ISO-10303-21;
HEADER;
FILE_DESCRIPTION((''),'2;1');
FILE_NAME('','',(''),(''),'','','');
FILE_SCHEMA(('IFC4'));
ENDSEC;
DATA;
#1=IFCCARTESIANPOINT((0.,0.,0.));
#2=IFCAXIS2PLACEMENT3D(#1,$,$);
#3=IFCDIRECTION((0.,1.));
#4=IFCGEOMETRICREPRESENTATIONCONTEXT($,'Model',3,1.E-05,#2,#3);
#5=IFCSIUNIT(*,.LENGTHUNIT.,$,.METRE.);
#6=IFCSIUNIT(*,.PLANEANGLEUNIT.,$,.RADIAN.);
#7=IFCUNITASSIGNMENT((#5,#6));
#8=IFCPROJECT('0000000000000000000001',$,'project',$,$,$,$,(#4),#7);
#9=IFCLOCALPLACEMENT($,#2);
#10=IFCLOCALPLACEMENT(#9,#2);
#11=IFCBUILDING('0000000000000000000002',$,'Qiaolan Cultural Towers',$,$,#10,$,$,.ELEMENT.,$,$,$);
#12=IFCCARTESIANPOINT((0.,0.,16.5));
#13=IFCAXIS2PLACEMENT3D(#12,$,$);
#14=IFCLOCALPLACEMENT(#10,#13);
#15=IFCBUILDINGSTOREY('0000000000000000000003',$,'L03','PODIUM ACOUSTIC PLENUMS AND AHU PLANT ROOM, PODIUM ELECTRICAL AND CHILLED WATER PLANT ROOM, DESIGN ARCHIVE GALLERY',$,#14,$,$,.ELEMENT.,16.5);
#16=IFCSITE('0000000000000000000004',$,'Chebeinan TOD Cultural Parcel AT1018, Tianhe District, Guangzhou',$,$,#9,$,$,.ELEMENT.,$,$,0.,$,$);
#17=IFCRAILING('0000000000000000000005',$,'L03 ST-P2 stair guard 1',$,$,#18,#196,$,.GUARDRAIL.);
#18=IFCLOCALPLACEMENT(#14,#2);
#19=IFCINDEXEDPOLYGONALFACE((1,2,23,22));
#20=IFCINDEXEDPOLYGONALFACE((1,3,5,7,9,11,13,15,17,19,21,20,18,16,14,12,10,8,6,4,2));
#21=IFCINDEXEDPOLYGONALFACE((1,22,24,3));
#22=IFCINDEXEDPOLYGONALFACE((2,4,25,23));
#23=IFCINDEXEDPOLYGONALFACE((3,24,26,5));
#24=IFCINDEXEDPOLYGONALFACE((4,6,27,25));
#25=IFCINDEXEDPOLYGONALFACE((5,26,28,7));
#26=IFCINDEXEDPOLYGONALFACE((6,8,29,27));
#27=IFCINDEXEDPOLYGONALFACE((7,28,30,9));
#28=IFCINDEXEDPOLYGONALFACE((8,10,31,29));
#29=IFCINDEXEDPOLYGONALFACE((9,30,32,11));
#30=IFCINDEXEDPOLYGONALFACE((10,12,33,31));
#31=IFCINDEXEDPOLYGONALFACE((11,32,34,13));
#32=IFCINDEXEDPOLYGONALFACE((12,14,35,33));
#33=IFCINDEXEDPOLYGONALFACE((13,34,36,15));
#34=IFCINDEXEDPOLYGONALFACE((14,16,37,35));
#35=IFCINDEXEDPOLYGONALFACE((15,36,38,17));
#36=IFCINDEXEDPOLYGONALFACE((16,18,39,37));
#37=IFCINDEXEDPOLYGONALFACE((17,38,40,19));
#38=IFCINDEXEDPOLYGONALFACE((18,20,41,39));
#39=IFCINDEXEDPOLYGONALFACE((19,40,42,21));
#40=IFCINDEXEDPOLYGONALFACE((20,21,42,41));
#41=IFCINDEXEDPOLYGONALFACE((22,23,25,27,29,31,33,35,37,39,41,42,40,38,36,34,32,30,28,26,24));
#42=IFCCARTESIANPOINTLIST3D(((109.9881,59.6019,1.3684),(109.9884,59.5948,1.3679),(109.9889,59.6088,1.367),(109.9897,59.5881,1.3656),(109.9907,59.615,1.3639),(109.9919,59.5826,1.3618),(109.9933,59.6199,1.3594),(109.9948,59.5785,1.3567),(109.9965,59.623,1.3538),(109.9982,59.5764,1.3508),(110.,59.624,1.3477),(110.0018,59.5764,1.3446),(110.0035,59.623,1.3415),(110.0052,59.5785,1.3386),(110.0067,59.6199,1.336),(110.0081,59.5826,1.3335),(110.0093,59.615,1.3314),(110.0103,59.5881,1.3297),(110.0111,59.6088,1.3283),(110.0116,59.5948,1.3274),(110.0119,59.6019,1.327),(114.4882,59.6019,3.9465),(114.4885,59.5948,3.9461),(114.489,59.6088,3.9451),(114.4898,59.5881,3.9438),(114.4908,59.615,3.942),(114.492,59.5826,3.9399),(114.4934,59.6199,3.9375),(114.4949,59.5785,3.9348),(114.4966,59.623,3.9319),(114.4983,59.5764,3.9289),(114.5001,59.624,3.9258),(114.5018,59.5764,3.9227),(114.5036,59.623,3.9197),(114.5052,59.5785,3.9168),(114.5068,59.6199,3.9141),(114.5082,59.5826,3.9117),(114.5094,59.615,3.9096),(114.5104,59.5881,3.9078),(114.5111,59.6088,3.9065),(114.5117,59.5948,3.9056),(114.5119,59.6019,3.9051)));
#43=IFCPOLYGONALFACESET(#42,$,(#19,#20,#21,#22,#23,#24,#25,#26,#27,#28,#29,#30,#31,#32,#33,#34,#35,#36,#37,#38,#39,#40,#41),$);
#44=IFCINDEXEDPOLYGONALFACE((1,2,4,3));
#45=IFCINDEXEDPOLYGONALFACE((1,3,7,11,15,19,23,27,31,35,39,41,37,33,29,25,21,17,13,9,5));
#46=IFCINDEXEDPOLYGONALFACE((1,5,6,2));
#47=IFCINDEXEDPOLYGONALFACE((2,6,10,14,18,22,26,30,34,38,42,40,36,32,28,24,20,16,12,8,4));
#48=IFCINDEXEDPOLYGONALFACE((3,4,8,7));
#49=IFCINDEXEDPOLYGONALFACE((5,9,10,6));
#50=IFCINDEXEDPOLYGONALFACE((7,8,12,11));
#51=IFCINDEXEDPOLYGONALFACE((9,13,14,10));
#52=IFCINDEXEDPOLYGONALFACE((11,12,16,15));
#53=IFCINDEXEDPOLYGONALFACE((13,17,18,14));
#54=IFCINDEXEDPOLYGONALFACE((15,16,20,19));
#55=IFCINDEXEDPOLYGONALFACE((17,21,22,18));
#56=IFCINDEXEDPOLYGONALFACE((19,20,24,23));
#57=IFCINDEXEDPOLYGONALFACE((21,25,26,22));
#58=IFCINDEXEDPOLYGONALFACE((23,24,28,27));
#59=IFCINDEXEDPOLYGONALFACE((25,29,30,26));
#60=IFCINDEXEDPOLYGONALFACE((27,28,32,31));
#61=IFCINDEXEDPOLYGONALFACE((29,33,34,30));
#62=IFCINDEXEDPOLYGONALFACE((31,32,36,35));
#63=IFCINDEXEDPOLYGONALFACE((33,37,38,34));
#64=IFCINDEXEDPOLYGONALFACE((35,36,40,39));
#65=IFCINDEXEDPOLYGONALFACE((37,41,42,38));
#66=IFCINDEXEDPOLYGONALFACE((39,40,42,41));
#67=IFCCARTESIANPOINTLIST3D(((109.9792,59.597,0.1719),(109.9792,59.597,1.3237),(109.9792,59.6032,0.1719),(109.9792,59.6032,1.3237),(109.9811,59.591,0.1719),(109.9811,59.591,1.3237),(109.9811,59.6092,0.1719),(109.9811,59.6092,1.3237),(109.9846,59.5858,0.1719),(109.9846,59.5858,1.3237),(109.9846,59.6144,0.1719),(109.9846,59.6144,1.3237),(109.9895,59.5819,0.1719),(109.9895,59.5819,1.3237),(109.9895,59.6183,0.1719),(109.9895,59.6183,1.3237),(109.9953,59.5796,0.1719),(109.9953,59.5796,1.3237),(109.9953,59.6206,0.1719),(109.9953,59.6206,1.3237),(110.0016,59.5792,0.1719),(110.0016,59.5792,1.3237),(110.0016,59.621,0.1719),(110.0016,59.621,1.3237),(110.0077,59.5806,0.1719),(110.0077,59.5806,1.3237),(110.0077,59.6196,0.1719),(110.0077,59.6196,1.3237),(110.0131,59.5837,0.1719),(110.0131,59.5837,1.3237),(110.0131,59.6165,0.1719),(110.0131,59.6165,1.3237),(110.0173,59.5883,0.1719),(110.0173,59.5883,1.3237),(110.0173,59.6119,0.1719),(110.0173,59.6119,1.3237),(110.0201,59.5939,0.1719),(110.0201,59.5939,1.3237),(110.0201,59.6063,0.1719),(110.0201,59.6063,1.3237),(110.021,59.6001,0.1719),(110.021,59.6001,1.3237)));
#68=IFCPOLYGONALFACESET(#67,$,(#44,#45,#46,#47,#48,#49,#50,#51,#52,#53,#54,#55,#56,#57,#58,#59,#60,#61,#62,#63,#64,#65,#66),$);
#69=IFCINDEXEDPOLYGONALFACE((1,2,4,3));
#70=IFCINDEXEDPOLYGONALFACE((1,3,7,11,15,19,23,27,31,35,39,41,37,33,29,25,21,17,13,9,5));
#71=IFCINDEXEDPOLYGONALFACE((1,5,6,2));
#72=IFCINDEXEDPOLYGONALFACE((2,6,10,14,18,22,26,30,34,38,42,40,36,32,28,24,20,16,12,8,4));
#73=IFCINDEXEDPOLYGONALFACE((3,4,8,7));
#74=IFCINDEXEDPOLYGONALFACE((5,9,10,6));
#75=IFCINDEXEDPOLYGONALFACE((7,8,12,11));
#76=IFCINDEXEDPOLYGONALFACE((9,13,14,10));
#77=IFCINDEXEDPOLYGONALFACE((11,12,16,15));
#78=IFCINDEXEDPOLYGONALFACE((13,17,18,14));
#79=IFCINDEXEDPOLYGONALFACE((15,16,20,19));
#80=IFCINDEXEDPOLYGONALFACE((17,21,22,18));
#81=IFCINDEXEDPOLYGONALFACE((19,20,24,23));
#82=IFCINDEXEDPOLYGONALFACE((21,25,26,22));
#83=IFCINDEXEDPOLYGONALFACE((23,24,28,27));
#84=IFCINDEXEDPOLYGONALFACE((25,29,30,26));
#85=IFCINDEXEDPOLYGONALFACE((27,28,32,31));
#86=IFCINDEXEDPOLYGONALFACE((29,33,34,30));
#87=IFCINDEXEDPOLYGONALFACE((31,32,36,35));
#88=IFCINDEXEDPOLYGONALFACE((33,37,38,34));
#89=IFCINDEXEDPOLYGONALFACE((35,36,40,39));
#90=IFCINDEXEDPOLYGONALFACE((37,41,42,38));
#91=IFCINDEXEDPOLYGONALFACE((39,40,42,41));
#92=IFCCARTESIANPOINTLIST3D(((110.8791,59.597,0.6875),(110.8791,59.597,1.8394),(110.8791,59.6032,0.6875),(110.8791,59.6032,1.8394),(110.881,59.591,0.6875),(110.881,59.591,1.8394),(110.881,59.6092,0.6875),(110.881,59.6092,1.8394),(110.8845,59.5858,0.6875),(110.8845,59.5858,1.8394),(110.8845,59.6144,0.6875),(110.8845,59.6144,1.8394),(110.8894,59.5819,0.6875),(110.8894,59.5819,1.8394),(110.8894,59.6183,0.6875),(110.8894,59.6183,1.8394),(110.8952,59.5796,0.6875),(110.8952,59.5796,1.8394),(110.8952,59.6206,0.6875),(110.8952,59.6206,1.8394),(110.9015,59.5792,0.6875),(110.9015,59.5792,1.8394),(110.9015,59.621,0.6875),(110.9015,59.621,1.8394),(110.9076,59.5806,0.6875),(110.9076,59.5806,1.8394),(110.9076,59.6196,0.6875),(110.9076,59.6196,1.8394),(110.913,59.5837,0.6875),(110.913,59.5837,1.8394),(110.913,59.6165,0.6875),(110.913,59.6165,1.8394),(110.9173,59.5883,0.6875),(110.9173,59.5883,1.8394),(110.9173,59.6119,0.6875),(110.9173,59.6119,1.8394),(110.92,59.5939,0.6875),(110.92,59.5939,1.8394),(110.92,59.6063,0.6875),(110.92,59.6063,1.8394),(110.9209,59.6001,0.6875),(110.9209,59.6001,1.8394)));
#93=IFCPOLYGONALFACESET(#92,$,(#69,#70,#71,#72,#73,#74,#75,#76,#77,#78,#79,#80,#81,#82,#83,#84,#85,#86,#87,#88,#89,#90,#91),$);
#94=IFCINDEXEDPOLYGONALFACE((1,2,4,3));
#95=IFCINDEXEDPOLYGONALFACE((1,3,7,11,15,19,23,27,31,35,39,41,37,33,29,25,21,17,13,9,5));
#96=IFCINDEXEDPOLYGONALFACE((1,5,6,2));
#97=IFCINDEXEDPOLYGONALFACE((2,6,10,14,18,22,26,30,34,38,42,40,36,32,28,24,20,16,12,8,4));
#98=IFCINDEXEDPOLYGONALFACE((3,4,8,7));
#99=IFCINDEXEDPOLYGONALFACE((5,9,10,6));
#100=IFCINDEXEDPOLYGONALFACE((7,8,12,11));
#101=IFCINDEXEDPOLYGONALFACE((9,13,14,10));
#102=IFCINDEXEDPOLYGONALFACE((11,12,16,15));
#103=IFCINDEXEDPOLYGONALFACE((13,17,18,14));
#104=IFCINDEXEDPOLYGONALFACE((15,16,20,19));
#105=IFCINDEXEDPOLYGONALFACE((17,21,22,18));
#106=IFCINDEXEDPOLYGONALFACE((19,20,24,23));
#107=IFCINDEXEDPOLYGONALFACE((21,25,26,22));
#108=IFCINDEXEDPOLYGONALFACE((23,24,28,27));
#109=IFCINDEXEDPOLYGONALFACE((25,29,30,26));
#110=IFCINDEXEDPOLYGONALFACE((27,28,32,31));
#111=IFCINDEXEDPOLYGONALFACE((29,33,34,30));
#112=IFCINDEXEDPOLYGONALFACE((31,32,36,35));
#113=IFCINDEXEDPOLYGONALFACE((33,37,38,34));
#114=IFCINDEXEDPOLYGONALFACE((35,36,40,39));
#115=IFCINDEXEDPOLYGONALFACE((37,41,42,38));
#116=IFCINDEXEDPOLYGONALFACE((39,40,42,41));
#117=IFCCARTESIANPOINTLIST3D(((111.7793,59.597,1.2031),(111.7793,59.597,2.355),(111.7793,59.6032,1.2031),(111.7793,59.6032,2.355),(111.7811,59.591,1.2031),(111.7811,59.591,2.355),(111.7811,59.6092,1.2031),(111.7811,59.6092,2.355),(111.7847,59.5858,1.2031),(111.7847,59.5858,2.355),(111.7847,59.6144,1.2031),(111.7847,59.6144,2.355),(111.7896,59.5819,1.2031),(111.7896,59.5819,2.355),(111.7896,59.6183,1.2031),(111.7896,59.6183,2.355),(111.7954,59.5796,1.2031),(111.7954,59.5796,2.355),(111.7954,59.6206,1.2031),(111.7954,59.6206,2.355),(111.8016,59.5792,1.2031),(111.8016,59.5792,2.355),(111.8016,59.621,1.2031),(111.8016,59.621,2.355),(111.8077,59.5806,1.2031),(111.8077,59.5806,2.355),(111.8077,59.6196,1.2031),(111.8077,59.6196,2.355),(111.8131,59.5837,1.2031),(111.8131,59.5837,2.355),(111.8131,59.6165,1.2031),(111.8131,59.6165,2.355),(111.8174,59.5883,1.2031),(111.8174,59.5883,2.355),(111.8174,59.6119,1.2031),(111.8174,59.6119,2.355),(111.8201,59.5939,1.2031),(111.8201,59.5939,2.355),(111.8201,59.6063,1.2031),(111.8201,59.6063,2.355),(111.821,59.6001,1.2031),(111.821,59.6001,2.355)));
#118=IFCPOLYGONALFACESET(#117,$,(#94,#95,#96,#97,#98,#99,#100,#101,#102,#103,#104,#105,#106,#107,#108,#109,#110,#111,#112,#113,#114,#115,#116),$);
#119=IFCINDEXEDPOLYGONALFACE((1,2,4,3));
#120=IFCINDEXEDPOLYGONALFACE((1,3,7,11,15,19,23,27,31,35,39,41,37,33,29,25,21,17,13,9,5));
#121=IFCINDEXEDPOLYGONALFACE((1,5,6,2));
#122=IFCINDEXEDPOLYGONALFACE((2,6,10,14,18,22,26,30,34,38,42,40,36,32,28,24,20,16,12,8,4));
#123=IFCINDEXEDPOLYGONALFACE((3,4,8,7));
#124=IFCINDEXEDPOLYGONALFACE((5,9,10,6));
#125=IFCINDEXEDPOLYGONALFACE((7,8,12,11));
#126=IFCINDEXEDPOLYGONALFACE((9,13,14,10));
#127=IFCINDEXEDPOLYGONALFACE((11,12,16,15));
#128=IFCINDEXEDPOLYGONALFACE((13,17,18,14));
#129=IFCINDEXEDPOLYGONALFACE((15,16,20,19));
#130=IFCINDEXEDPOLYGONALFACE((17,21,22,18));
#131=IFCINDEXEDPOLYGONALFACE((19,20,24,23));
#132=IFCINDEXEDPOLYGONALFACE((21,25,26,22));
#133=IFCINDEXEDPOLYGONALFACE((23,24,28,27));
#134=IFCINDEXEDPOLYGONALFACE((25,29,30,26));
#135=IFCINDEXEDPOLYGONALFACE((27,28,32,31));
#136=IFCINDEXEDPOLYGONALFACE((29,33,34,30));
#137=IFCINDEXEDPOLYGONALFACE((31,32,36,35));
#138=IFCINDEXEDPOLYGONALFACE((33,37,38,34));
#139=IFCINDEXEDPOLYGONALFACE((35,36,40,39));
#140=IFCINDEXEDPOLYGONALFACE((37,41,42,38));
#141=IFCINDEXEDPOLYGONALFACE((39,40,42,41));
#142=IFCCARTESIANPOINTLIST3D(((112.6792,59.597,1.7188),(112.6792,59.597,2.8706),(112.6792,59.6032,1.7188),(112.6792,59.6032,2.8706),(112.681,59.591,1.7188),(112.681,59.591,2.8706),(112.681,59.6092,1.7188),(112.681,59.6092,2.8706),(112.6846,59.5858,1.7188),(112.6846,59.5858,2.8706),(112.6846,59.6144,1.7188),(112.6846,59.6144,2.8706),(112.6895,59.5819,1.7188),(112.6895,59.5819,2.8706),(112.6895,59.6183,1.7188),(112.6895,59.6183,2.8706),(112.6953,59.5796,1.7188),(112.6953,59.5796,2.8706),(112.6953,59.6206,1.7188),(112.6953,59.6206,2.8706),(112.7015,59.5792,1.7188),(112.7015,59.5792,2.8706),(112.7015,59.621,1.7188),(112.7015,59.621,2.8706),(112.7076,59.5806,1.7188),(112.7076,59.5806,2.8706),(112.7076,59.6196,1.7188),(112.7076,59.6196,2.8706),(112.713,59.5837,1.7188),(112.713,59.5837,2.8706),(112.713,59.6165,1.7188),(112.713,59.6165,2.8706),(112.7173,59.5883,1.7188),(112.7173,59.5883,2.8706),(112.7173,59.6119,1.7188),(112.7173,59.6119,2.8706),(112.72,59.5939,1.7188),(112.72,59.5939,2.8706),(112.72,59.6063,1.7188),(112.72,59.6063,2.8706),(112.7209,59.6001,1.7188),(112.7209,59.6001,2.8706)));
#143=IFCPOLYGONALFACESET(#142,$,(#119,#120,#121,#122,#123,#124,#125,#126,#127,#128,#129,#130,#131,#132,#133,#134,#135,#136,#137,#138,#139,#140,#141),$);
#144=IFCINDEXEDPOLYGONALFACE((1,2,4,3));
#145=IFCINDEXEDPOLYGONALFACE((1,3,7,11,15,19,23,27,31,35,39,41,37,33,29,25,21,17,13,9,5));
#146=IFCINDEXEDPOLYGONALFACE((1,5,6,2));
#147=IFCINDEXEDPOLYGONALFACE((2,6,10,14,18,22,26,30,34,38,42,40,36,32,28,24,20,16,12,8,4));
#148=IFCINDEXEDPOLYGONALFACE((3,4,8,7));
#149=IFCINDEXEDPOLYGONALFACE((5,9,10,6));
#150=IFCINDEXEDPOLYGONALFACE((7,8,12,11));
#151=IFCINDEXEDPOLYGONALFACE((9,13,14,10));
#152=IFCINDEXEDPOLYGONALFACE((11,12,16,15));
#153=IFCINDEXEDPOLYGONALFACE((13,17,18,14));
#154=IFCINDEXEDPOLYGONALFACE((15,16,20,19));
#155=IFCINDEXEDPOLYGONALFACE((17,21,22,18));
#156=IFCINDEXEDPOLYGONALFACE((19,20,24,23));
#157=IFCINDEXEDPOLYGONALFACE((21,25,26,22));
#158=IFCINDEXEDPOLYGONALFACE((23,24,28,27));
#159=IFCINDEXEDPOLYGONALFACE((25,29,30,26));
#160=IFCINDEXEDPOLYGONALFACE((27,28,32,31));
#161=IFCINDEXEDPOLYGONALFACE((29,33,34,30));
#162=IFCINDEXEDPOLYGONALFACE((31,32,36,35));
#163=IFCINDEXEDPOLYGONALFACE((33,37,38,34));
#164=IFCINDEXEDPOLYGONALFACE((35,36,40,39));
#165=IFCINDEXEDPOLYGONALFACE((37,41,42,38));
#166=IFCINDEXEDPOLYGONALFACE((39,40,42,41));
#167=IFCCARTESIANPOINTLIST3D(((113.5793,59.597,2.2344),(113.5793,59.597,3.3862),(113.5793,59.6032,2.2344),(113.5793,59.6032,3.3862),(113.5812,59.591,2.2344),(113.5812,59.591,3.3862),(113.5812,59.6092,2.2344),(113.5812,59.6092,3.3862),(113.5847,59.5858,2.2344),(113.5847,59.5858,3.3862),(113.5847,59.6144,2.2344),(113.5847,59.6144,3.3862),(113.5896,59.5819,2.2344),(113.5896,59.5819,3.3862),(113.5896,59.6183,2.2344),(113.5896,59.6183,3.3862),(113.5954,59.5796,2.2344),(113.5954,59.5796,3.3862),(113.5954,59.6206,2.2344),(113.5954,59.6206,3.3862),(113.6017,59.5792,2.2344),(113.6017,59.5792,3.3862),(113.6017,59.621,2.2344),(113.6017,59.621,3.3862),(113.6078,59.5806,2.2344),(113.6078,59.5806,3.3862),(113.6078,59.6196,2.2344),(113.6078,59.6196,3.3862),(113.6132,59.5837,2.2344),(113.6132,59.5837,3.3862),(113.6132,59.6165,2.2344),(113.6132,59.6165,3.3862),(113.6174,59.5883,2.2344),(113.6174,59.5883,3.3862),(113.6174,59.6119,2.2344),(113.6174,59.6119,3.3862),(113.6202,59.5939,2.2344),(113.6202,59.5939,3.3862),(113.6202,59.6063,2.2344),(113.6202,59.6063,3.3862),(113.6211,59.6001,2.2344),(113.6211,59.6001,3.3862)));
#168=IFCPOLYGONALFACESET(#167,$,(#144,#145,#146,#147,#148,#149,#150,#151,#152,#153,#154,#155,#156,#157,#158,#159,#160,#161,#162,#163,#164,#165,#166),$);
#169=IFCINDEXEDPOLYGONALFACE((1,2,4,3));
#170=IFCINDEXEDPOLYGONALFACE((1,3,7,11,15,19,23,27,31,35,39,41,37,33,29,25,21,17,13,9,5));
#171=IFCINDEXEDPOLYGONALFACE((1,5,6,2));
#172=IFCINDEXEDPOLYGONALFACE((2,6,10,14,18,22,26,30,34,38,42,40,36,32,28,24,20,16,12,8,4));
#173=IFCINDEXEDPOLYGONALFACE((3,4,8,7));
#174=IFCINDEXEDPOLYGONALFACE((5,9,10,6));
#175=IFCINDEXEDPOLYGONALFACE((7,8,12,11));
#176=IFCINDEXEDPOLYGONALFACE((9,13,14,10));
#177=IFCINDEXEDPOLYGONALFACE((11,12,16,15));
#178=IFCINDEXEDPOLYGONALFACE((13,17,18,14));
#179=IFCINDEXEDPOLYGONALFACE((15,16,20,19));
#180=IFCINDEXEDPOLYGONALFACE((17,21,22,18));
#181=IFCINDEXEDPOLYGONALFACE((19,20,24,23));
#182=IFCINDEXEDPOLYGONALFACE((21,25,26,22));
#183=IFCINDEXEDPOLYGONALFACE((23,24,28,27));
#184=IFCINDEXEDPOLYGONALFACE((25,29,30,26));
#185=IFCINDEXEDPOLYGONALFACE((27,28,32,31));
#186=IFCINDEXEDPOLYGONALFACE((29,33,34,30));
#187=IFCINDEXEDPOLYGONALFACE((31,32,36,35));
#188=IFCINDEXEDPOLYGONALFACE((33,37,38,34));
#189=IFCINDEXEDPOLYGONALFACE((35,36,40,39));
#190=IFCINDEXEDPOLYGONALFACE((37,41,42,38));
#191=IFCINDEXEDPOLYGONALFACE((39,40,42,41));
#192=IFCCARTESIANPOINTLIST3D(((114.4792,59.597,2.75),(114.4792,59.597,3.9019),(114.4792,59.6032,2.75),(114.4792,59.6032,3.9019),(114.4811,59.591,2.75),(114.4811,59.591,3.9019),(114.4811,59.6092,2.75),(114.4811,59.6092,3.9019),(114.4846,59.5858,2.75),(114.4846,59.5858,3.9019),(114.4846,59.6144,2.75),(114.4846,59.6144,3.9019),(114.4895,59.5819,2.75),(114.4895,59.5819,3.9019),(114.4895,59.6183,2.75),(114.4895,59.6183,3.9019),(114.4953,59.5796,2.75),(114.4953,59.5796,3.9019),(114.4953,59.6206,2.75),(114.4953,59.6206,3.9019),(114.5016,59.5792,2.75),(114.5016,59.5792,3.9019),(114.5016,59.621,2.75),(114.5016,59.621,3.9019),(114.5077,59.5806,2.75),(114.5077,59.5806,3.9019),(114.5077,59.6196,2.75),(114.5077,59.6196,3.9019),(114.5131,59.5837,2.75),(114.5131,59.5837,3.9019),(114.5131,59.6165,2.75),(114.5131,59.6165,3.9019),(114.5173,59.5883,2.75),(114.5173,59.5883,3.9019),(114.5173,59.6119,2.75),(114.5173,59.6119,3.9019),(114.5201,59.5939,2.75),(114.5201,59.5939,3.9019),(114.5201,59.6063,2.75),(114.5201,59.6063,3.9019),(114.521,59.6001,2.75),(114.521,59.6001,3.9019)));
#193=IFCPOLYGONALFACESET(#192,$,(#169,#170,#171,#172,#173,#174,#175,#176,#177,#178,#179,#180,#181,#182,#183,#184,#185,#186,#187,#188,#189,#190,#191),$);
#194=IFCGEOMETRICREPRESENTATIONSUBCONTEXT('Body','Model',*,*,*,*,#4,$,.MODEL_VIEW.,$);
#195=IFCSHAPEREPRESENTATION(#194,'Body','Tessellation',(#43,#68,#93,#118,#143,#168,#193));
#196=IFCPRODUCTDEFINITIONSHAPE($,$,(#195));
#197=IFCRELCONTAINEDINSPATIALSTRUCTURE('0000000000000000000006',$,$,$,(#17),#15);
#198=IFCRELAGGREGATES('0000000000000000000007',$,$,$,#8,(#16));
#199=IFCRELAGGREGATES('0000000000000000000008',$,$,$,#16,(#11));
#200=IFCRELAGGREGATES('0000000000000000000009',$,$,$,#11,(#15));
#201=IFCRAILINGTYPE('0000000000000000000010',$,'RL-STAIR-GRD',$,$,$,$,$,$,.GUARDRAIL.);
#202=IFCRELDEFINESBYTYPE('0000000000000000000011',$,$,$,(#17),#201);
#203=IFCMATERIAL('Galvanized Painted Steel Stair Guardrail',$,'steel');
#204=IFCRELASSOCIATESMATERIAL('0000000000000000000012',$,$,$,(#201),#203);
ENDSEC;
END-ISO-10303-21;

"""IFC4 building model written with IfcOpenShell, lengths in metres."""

from ifc_helpers import new_model, si_unit, direction, frame, origin, origin_2d, place, context, subcontext, project, spatial, circle, extrude, material, type_object, element, save


model = new_model("IFC4")

# Units and contexts
model_context = context("Model", 3, precision=1e-05, world=origin(), true_north=direction((0.0, 1.0)))
body_context = subcontext(model_context, "Body", "Model", "MODEL_VIEW")
ifc_project = project(units=[si_unit("LENGTHUNIT", "METRE"), si_unit("PLANEANGLEUNIT", "RADIAN")], contexts=[model_context])

# Site, building, storey
site_placement = place(None, origin())
site = spatial("IfcSite", under=ifc_project, at=site_placement, Name="Chebeinan TOD Cultural Parcel AT1018, Tianhe District, Guangzhou", CompositionType="ELEMENT", RefElevation=0.0)
building_placement = place(site_placement, origin())
building = spatial("IfcBuilding", under=site, at=building_placement, Name="Qiaolan Cultural Towers", CompositionType="ELEMENT")
storey_placement = place(building_placement, frame((0.0, 0.0, 16.5)))
storey = spatial("IfcBuildingStorey", under=building, at=storey_placement, Name="L03", Description="PODIUM ACOUSTIC PLENUMS AND AHU PLANT ROOM, PODIUM ELECTRICAL AND CHILLED WATER PLANT ROOM, DESIGN ARCHIVE GALLERY", CompositionType="ELEMENT", Elevation=16.5)

# Railing
ifc_material_1 = material(Name="Galvanized Painted Steel Stair Guardrail", Category="steel")
railing_type_1 = type_object("IfcRailingType", Name="RL-STAIR-GRD", PredefinedType="GUARDRAIL", material=ifc_material_1)
railing_1_placement = place(storey_placement, frame((110.0, 59.6001, 0.1719)))
element("IfcRailing", 1, at=railing_1_placement, inside=storey, type_object=railing_type_1, Name="L03 ST-P2 stair guard 1", PredefinedType="GUARDRAIL", context=body_context, shape_type="SweptSolid", body=[
    extrude(circle(Radius=0.0239, at=origin_2d()), frame((0.0, 0.0, 1.1758), z_axis=(0.867686, 0.0, 0.497112), x_axis=(0.0, 1.0, 0.0)), (0.0, 0.0, 1.0), 5.1863),
    extrude(circle(Radius=0.021, at=origin_2d()), origin(), (0.0, 0.0, 1.0), 1.1519),
    extrude(circle(Radius=0.021, at=origin_2d()), frame((0.8999, 0.0, 0.5156)), (0.0, 0.0, 1.0), 1.1519),
    extrude(circle(Radius=0.021, at=origin_2d()), frame((1.8, 0.0, 1.0312)), (0.0, 0.0, 1.0), 1.1519),
    extrude(circle(Radius=0.021, at=origin_2d()), frame((2.7, 0.0, 1.5469)), (0.0, 0.0, 1.0), 1.1519),
    extrude(circle(Radius=0.021, at=origin_2d()), frame((3.6001, 0.0, 2.0625)), (0.0, 0.0, 1.0), 1.1519),
    extrude(circle(Radius=0.021, at=origin_2d()), frame((4.5, 0.0, 2.5781)), (0.0, 0.0, 1.0), 1.1519),
])

save(model, "model.ifc")
